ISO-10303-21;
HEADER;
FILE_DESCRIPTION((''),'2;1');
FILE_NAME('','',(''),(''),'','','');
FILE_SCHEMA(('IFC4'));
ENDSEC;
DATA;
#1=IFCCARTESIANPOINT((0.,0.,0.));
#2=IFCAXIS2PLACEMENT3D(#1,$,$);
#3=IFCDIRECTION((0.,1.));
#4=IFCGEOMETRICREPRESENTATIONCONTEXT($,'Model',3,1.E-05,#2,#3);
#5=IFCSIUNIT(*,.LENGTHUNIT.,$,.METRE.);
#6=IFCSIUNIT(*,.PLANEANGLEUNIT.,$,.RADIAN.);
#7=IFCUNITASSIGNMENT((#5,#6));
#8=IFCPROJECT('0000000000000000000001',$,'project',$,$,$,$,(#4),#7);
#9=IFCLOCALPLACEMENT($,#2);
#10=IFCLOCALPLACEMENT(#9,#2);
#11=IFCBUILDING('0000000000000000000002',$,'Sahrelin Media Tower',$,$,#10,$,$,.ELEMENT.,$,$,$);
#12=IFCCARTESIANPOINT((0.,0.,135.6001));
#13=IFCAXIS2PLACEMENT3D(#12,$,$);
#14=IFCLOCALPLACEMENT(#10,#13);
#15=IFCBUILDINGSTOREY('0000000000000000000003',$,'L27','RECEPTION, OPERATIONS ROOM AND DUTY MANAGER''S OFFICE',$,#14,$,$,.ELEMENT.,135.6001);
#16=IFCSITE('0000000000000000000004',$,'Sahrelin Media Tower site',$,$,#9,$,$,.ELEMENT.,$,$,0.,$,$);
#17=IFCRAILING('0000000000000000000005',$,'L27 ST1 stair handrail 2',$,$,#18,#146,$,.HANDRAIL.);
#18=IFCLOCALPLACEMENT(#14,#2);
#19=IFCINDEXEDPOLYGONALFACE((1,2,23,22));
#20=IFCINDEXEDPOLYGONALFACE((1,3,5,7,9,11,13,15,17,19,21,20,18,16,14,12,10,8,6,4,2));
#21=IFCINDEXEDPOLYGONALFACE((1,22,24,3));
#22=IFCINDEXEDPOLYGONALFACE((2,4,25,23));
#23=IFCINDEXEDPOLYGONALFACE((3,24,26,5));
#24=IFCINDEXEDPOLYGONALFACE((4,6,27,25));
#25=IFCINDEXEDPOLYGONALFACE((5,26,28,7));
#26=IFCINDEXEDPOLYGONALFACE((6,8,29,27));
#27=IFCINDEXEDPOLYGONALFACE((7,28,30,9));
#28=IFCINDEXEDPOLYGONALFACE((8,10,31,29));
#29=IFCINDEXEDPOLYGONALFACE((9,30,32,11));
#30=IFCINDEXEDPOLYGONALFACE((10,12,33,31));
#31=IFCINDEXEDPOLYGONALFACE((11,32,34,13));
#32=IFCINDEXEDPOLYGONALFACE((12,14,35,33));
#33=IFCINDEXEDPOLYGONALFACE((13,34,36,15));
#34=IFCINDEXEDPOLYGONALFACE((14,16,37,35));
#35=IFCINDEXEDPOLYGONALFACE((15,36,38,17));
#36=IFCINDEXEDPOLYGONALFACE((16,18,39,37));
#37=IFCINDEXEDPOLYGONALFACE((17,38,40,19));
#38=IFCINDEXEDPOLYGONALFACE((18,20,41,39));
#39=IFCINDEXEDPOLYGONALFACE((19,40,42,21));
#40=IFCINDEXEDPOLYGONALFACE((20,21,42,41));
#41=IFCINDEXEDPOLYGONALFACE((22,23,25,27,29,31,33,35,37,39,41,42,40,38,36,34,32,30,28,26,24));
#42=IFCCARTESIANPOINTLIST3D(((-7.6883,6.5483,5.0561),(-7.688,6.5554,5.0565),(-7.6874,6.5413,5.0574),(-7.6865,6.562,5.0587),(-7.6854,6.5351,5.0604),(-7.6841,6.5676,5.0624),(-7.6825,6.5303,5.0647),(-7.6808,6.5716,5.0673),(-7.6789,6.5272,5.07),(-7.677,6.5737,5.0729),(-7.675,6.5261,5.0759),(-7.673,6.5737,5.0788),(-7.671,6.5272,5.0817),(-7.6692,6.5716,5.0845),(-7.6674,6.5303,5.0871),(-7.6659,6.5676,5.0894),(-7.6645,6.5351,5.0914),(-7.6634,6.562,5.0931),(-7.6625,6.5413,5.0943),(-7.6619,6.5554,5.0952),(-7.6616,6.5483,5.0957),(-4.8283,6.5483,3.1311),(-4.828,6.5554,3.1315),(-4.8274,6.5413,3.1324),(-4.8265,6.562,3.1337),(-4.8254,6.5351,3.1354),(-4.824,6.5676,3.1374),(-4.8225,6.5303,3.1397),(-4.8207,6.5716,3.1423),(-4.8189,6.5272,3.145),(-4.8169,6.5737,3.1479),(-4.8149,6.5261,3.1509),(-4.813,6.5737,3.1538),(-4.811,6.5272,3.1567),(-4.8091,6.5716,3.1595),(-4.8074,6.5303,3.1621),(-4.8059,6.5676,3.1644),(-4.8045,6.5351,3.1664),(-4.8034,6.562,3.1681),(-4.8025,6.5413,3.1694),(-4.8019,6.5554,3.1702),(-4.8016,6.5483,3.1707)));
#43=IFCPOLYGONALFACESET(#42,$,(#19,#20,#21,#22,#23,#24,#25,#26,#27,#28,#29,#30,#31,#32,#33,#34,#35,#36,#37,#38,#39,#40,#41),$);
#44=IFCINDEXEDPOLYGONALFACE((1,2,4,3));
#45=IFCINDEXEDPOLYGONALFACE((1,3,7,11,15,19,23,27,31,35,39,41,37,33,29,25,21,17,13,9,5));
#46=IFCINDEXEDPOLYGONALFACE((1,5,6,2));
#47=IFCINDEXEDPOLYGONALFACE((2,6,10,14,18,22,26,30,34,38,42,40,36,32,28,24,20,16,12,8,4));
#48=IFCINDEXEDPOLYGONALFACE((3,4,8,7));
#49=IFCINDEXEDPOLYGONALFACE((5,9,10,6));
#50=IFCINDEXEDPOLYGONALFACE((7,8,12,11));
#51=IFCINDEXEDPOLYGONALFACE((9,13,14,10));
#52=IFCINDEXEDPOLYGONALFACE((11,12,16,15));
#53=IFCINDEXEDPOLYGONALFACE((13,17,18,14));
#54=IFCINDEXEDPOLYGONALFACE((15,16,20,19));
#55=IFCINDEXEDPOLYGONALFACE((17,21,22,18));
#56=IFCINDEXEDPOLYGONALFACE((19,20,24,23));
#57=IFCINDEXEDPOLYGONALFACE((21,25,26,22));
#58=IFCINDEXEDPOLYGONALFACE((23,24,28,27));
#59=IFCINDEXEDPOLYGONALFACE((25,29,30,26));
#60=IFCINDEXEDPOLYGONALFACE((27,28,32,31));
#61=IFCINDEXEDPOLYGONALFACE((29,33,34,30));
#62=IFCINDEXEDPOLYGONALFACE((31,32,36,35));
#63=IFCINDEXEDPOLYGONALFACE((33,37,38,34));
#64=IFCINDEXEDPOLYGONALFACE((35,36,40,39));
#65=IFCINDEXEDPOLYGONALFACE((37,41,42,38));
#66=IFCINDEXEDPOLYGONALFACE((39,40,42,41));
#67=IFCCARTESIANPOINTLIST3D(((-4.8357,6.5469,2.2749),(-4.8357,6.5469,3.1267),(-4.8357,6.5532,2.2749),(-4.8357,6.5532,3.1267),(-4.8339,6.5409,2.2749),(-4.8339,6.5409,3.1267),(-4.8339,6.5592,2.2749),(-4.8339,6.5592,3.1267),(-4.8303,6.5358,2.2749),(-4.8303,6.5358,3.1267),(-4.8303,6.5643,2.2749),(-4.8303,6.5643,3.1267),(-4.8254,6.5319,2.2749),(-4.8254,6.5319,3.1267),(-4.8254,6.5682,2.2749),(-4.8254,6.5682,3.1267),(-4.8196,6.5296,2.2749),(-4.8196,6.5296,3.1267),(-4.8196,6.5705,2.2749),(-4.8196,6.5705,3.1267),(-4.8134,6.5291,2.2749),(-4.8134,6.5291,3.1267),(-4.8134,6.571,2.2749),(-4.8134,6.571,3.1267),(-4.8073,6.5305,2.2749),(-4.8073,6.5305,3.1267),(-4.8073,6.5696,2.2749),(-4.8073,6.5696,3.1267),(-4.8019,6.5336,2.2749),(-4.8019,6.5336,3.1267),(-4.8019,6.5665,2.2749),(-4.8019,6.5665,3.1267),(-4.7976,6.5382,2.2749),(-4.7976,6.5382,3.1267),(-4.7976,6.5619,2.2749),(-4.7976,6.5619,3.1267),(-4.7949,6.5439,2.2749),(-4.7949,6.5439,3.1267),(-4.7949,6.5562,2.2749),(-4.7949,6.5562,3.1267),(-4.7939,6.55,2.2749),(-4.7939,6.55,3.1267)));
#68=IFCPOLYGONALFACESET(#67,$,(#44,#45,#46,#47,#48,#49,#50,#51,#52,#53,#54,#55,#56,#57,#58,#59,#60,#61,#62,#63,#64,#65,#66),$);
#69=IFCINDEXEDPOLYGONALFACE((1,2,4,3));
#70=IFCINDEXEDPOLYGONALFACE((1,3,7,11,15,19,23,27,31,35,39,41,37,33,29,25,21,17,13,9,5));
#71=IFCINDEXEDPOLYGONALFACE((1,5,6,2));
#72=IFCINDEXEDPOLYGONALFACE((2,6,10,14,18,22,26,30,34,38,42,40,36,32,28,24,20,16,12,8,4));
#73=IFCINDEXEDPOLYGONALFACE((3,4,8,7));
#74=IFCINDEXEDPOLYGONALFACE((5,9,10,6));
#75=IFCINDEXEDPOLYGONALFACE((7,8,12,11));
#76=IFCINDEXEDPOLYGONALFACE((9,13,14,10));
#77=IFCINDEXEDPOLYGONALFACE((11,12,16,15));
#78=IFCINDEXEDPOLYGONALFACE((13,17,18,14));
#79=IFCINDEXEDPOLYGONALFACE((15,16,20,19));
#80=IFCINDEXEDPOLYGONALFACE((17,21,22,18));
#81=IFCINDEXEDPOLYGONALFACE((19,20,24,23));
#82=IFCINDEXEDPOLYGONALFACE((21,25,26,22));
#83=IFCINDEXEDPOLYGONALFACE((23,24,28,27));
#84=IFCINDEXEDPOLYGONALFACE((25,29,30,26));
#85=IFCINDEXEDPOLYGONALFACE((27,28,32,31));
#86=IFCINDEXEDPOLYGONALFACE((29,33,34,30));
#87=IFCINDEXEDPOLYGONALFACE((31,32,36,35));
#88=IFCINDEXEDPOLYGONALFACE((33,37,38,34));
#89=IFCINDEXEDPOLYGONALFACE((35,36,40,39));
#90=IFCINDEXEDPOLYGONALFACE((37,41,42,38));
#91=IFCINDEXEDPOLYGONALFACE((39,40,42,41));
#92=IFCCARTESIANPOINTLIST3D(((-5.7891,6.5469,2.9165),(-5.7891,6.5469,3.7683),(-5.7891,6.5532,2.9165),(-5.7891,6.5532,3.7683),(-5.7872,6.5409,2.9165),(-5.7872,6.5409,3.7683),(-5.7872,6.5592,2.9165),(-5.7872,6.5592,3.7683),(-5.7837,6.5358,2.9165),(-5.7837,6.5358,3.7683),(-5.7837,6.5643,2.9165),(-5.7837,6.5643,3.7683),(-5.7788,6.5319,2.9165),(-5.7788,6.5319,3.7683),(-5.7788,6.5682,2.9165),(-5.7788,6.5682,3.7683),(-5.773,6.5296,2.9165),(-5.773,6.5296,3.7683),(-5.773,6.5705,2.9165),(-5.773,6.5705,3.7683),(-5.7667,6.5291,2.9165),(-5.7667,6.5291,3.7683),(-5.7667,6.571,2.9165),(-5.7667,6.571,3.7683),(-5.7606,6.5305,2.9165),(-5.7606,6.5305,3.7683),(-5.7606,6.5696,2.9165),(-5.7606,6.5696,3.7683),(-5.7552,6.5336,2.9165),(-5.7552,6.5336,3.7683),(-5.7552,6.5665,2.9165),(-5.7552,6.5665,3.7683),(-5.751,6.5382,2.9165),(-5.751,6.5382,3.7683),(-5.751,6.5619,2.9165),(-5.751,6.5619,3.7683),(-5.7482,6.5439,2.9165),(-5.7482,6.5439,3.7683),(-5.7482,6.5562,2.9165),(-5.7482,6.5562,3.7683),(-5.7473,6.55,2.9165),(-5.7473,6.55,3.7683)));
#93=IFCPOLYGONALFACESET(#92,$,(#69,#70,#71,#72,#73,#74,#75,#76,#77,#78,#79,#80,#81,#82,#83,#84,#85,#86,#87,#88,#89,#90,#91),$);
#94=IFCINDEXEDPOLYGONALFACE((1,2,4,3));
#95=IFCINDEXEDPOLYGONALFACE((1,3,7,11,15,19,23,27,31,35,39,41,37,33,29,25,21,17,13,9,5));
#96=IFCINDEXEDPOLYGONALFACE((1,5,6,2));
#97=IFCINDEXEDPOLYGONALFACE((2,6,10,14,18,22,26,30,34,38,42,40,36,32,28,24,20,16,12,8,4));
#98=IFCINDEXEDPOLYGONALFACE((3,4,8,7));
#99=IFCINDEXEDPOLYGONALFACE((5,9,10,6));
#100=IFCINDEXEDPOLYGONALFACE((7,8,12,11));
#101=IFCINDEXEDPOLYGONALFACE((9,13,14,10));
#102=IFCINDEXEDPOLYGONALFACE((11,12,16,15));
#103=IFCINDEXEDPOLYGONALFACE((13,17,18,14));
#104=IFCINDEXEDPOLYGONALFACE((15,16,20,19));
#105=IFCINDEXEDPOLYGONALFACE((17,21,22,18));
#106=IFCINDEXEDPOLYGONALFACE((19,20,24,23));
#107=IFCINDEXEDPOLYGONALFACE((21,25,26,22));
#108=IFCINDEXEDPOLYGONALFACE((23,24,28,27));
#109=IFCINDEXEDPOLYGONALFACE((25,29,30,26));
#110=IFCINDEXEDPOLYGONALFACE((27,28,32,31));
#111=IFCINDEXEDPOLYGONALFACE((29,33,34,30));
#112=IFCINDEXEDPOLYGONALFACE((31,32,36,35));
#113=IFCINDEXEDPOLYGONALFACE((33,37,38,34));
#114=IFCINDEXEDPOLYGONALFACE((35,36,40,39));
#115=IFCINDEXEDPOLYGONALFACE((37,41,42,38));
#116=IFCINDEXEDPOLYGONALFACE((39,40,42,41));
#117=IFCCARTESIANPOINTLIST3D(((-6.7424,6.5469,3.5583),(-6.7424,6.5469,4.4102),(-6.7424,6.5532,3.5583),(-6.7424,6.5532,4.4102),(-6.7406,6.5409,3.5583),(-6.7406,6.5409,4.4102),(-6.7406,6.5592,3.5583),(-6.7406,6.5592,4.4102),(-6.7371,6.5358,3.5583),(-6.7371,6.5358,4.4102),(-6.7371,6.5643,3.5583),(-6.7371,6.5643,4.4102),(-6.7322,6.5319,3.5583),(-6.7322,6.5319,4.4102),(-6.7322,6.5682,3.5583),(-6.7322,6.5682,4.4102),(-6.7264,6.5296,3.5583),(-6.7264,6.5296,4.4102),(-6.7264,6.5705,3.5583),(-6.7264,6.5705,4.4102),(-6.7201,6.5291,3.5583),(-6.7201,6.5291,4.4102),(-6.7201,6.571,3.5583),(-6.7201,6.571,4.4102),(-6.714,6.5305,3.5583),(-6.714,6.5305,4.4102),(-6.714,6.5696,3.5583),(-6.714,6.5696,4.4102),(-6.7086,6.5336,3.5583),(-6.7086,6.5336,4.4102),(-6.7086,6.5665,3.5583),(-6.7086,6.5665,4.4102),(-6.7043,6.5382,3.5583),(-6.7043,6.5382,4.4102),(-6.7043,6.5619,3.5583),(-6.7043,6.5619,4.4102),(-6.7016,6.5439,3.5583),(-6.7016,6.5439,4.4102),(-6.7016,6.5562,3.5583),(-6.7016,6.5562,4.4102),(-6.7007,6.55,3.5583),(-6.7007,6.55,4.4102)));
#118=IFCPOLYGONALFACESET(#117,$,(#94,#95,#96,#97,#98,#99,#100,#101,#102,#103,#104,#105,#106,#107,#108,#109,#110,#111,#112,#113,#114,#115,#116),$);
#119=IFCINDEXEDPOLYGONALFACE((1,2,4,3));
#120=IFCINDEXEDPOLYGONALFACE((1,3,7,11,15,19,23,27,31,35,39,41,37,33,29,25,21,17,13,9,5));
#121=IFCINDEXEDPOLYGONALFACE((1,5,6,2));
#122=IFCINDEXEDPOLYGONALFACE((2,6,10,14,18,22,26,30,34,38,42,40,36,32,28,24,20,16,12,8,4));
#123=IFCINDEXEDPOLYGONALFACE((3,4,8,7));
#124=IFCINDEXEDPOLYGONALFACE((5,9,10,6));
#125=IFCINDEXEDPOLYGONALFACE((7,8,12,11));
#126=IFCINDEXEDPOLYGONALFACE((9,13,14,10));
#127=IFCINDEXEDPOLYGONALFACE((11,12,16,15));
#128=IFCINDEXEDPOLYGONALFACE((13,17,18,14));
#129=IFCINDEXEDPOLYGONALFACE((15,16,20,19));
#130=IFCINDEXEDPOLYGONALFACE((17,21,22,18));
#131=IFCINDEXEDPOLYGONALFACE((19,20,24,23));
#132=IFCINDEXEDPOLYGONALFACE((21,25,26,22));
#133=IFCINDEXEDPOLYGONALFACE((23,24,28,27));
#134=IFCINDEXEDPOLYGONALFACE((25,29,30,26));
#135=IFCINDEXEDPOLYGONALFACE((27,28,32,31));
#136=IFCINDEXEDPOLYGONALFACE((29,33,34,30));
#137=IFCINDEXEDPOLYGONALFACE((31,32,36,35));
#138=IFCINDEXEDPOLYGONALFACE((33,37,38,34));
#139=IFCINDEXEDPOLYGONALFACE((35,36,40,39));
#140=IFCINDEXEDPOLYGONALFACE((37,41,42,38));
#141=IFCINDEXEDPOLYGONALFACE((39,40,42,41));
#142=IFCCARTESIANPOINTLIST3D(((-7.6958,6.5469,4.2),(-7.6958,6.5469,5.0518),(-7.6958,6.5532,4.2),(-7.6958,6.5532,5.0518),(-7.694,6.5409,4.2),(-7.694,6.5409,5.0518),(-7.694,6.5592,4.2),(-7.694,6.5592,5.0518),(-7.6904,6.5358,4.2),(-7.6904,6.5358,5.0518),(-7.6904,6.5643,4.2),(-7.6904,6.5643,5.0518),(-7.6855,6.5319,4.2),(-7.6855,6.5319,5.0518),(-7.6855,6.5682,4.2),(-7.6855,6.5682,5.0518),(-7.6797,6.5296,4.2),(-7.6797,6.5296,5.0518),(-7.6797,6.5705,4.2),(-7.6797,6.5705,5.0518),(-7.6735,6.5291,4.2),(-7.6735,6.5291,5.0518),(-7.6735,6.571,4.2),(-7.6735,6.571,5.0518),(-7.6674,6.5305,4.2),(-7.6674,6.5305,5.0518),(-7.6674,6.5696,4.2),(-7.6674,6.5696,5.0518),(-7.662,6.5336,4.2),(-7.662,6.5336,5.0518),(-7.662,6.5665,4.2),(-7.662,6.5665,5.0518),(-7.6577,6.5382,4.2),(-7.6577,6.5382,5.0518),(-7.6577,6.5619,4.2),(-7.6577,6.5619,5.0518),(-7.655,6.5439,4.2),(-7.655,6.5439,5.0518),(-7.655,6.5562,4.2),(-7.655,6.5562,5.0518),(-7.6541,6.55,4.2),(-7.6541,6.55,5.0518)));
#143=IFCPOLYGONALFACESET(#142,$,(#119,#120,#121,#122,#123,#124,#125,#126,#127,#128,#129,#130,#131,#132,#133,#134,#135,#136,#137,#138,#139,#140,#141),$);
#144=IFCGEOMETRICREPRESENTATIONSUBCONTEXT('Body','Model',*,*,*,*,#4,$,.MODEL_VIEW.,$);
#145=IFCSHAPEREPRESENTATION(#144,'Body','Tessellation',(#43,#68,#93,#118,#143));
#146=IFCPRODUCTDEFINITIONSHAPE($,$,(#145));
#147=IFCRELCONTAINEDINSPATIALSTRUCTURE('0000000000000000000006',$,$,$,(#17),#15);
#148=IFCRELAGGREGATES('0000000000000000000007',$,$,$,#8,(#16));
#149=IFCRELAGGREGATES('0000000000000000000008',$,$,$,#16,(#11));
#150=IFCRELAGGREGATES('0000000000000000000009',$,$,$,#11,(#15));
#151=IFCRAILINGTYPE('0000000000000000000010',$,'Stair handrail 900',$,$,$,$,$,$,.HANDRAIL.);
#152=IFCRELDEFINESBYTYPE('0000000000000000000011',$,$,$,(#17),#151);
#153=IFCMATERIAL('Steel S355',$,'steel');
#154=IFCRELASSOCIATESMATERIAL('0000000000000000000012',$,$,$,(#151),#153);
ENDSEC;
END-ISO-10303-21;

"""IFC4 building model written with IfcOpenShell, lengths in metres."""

from ifc_helpers import new_model, si_unit, direction, frame, origin, origin_2d, place, context, subcontext, project, spatial, circle, extrude, material, type_object, element, save


model = new_model("IFC4")

# Units and contexts
model_context = context("Model", 3, precision=1e-05, world=origin(), true_north=direction((0.0, 1.0)))
body_context = subcontext(model_context, "Body", "Model", "MODEL_VIEW")
ifc_project = project(units=[si_unit("LENGTHUNIT", "METRE"), si_unit("PLANEANGLEUNIT", "RADIAN")], contexts=[model_context])

# Site, building, storey
site_placement = place(None, origin())
site = spatial("IfcSite", under=ifc_project, at=site_placement, Name="Sahrelin Media Tower site", CompositionType="ELEMENT", RefElevation=0.0)
building_placement = place(site_placement, origin())
building = spatial("IfcBuilding", under=site, at=building_placement, Name="Sahrelin Media Tower", CompositionType="ELEMENT")
storey_placement = place(building_placement, frame((0.0, 0.0, 135.6001)))
storey = spatial("IfcBuildingStorey", under=building, at=storey_placement, Name="L27", Description="RECEPTION, OPERATIONS ROOM AND DUTY MANAGER'S OFFICE", CompositionType="ELEMENT", Elevation=135.6001)

# Shared definitions
ifc_material_1 = material(Name="Steel S355", Category="steel")

# Railing
railing_type_1 = type_object("IfcRailingType", Name="Stair handrail 900", PredefinedType="HANDRAIL", material=ifc_material_1)
railing_1_placement = place(storey_placement, frame((-4.8149, 6.55, 2.2749)))
element("IfcRailing", 1, at=railing_1_placement, inside=storey, type_object=railing_type_1, Name="L27 ST1 stair handrail 2", PredefinedType="HANDRAIL", context=body_context, shape_type="SweptSolid", body=[
    extrude(circle(Radius=0.0239, at=origin_2d()), frame((0.0, 0.0, 0.876), z_axis=(-0.829591, 0.0, 0.558372), x_axis=(0.0, -1.0, 0.0)), (0.0, 0.0, 1.0), 3.4475),
    extrude(circle(Radius=0.021, at=origin_2d()), origin(), (0.0, 0.0, 1.0), 0.8518),
    extrude(circle(Radius=0.021, at=origin_2d()), frame((-0.9534, 0.0, 0.6416)), (0.0, 0.0, 1.0), 0.8518),
    extrude(circle(Radius=0.021, at=origin_2d()), frame((-1.9067, 0.0, 1.2834)), (0.0, 0.0, 1.0), 0.8518),
    extrude(circle(Radius=0.021, at=origin_2d()), frame((-2.8601, 0.0, 1.925)), (0.0, 0.0, 1.0), 0.8518),
])

save(model, "model.ifc")
